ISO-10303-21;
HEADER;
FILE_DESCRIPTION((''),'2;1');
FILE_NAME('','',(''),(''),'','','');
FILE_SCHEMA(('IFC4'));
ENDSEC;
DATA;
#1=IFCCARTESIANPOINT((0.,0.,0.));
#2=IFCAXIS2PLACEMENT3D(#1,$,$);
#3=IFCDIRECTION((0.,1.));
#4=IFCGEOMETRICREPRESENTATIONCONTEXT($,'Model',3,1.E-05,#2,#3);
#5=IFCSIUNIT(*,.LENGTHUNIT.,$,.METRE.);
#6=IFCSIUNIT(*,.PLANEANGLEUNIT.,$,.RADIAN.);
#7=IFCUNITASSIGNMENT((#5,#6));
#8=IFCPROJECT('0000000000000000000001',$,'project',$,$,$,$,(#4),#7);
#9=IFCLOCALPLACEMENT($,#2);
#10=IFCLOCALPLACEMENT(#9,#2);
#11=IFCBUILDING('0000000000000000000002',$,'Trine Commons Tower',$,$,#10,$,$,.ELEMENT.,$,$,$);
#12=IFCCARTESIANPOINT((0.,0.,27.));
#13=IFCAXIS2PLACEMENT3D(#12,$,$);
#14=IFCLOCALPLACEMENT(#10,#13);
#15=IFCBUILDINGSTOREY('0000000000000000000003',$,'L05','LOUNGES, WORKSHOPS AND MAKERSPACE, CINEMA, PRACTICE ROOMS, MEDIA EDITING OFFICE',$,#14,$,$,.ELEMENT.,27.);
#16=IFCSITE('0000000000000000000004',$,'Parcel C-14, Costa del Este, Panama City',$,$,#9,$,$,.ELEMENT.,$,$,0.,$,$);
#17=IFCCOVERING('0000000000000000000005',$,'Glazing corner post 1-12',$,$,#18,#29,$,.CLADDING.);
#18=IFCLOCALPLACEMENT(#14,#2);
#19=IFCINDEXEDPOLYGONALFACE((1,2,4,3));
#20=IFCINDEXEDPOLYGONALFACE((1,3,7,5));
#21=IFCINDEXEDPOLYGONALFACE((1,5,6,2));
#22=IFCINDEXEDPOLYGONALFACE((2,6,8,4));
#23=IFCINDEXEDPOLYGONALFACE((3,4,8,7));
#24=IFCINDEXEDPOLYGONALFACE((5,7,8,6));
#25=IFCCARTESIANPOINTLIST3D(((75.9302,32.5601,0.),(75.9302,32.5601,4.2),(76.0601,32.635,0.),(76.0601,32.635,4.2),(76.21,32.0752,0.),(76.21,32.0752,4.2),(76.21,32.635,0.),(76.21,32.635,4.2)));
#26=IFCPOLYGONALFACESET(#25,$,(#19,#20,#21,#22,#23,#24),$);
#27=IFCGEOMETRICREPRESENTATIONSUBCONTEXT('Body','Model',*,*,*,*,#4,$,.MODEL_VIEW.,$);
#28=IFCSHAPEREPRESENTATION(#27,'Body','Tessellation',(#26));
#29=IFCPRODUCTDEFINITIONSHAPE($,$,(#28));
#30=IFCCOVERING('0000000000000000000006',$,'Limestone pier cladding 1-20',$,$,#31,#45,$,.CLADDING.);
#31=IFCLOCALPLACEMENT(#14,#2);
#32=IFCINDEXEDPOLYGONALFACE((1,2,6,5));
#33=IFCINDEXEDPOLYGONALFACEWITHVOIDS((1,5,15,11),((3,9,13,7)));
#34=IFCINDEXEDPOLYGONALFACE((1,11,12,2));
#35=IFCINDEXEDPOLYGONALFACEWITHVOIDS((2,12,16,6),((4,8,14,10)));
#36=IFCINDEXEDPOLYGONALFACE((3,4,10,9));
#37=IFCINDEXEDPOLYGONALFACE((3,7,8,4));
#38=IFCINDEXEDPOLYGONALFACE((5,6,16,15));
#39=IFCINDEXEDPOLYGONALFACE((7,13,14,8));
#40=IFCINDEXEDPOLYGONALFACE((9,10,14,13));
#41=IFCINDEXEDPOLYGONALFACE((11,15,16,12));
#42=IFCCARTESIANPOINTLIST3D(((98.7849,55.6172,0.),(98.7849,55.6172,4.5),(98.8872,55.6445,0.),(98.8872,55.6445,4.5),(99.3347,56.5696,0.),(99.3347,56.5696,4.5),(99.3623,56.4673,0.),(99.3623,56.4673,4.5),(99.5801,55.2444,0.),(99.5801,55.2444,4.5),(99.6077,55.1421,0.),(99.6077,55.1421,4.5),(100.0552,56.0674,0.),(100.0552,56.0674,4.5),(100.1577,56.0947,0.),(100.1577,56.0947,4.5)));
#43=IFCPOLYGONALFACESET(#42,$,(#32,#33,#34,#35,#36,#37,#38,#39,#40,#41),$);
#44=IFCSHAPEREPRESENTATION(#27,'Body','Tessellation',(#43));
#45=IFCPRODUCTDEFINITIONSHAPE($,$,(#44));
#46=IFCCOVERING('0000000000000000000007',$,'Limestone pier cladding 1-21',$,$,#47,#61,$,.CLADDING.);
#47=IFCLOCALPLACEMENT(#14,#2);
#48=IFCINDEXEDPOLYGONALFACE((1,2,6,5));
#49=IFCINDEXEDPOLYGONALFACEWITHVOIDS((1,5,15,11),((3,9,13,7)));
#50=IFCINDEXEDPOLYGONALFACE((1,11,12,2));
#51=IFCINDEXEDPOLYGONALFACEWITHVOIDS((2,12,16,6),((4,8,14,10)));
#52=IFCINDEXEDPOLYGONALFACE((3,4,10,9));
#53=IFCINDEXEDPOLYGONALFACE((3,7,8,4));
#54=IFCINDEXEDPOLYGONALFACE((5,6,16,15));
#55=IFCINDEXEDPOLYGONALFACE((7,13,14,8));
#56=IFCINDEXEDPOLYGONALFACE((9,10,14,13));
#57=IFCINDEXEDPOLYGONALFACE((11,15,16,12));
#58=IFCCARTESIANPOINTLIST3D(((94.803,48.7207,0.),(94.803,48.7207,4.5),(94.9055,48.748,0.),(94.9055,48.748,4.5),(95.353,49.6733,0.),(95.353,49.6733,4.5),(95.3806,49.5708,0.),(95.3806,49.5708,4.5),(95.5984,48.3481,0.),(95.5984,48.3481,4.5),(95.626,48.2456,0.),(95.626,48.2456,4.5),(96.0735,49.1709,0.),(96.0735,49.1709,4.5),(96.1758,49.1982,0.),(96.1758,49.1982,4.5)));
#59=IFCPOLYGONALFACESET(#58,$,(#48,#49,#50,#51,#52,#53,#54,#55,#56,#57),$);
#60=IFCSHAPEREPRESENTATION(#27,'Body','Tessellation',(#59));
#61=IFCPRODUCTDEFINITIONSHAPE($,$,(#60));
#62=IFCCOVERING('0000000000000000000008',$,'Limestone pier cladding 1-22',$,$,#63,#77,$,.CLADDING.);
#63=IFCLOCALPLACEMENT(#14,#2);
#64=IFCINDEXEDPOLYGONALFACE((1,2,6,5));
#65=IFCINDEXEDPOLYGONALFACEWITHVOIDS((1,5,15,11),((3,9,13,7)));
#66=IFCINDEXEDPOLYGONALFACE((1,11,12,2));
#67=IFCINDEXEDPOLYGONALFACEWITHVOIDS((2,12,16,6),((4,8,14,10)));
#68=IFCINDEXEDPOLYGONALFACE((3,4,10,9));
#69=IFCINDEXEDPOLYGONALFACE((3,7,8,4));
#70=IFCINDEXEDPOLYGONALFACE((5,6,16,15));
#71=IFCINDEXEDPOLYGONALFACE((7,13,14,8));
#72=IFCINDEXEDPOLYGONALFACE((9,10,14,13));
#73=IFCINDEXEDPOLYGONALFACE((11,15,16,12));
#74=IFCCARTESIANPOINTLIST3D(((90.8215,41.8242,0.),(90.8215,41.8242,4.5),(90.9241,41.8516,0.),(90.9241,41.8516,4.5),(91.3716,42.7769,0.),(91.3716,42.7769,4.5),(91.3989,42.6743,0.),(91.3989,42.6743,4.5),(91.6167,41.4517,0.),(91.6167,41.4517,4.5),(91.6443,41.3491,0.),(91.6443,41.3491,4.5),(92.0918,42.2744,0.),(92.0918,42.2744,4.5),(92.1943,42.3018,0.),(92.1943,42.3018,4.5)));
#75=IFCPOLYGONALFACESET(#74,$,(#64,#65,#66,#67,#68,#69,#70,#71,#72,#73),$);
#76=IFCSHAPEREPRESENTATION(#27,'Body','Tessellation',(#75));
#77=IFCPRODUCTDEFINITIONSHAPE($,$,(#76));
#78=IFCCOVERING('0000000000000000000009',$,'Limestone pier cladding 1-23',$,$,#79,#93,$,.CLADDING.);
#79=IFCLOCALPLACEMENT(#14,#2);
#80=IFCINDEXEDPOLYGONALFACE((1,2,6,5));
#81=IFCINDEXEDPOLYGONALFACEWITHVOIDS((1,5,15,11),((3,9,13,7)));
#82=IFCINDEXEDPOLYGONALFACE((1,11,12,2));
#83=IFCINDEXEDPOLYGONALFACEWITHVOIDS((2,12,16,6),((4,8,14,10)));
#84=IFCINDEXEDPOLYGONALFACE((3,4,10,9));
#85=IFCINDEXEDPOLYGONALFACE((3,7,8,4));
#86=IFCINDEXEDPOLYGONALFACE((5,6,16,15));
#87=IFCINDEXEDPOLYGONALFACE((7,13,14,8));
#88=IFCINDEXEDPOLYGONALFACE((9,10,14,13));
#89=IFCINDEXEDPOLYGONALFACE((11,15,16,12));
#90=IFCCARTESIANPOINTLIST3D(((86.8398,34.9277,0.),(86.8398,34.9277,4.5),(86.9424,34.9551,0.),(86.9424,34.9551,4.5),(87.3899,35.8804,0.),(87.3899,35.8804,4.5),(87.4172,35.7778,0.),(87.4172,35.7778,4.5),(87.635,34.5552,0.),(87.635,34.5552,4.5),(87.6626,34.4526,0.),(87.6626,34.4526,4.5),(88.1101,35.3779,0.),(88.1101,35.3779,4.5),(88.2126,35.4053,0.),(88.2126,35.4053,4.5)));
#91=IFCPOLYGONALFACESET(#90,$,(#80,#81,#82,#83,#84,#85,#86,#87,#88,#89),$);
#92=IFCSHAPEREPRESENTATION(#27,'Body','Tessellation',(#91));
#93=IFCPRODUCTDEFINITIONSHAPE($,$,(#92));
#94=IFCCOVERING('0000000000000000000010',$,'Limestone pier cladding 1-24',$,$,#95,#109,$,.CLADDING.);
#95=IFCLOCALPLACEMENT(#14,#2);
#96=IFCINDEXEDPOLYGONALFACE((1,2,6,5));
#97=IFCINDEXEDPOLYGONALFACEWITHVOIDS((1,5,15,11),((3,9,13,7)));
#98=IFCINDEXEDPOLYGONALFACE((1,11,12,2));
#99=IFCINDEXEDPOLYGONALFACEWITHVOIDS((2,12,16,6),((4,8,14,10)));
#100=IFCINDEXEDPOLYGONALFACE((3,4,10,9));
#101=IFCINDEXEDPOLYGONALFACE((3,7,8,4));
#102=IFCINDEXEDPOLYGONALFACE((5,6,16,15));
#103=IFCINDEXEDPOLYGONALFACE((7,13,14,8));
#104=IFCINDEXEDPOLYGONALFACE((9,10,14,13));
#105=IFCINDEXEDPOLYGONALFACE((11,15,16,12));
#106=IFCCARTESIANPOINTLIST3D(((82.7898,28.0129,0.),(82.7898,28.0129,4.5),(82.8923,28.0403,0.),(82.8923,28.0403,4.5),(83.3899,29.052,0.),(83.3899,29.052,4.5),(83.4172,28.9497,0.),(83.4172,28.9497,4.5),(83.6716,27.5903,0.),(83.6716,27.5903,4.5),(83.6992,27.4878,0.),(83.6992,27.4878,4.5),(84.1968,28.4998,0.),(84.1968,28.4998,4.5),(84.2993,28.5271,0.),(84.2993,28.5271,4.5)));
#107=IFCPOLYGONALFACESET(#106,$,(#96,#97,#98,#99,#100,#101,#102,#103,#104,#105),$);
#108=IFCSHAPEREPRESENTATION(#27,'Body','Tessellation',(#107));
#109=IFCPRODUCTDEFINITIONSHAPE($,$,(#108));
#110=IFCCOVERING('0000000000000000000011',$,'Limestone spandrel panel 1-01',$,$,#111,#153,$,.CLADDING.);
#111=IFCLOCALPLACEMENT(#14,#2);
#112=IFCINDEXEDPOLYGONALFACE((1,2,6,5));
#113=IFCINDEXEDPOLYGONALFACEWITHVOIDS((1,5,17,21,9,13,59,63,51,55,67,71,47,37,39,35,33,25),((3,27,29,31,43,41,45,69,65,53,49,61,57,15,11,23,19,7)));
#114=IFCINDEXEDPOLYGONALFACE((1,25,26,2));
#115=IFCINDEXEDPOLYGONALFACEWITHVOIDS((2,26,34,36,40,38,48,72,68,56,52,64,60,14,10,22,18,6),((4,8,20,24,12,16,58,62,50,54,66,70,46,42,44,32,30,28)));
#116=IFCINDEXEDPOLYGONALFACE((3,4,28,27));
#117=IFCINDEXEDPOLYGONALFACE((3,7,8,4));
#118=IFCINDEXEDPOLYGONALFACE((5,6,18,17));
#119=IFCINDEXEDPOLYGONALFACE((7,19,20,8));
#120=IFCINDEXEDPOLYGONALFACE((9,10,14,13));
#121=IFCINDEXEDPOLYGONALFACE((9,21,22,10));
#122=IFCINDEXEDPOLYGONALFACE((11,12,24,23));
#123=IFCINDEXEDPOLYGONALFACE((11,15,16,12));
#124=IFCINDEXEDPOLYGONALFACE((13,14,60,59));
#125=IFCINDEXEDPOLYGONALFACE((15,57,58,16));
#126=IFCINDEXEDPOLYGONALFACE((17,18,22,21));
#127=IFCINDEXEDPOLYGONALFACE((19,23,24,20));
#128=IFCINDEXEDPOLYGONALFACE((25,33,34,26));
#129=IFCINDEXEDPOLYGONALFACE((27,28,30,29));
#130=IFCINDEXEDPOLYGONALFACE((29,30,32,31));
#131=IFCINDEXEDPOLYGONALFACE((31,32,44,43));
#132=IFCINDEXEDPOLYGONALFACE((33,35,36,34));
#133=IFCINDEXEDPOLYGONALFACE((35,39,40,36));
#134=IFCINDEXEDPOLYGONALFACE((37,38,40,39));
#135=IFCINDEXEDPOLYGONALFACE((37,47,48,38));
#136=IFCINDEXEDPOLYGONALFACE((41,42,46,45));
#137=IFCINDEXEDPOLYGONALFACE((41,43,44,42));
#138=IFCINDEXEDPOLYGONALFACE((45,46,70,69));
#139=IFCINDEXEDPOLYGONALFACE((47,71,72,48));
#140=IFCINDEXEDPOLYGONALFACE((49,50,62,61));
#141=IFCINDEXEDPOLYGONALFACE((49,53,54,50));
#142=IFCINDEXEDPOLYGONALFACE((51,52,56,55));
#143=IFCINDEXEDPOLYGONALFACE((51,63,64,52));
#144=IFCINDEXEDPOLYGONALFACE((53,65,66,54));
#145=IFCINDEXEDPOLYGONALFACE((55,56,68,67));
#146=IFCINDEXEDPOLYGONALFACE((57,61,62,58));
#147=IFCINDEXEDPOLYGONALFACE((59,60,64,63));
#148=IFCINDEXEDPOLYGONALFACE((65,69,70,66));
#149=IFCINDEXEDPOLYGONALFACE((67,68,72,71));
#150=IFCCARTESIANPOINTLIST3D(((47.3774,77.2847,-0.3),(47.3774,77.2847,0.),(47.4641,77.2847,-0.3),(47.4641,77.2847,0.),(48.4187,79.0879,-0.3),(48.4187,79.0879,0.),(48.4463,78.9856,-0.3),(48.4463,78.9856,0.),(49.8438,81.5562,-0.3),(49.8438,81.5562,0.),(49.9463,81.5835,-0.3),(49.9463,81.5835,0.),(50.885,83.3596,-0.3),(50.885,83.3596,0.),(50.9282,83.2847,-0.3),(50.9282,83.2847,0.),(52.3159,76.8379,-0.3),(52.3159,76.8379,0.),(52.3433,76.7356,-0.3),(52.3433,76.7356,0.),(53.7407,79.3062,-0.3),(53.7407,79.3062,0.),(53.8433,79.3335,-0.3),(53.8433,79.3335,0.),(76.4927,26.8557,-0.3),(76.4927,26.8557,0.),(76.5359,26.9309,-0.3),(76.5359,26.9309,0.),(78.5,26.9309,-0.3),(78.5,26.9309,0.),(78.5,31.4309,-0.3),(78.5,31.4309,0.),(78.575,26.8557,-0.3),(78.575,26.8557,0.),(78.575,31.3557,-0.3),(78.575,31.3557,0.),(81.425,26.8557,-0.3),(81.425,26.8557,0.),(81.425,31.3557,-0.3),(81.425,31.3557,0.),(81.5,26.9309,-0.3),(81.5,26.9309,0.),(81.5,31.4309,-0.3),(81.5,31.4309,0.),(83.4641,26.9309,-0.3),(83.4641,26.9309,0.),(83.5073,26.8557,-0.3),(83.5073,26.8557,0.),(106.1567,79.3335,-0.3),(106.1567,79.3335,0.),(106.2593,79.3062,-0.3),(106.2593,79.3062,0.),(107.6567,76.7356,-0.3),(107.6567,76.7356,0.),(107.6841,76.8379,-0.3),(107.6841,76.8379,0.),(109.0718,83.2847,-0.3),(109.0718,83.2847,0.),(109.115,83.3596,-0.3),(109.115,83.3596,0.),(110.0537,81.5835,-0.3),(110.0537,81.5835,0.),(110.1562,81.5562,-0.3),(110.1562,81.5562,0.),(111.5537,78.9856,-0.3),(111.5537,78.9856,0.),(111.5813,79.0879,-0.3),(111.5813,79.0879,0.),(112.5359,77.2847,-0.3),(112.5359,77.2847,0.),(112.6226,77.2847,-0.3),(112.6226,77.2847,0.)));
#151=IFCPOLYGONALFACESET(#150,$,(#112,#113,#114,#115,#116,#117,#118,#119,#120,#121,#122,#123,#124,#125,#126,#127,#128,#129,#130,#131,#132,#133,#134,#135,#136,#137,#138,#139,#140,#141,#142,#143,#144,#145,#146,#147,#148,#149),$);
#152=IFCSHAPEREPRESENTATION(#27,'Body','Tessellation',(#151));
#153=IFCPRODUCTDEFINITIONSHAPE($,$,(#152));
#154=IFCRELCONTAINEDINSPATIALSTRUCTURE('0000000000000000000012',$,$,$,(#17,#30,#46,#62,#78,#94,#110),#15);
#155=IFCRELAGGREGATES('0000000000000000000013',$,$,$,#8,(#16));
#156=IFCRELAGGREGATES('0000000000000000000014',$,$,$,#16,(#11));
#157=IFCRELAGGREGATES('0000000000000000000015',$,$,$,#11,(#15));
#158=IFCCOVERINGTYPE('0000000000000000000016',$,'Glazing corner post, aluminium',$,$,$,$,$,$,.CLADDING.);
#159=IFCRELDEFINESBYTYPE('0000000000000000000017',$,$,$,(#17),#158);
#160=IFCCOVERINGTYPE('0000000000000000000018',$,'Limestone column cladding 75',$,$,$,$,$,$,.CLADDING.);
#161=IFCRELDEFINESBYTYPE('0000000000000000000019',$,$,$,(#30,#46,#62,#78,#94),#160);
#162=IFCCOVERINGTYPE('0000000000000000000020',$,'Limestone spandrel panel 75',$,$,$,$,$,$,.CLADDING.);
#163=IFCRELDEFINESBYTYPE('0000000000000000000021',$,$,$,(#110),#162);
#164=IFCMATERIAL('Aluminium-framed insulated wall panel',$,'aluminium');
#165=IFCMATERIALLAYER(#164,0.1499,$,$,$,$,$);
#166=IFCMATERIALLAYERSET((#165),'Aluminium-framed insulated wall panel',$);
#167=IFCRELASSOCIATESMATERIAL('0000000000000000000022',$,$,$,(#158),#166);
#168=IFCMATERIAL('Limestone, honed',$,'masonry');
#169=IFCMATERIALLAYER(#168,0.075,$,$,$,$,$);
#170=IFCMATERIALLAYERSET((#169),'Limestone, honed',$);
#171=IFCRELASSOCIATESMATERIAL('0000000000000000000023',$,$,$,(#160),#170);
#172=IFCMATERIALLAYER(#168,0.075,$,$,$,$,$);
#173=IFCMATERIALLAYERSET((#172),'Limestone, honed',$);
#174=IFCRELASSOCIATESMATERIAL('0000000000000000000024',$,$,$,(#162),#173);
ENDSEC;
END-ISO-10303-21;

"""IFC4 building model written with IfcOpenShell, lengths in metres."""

from ifc_helpers import new_model, si_unit, direction, frame, origin, place, context, subcontext, project, spatial, polyline, outline, extrude, material, layer, layer_set, type_object, element, save


model = new_model("IFC4")

# Units and contexts
model_context = context("Model", 3, precision=1e-05, world=origin(), true_north=direction((0.0, 1.0)))
body_context = subcontext(model_context, "Body", "Model", "MODEL_VIEW")
ifc_project = project(units=[si_unit("LENGTHUNIT", "METRE"), si_unit("PLANEANGLEUNIT", "RADIAN")], contexts=[model_context])

# Site, building, storey
site_placement = place(None, origin())
site = spatial("IfcSite", under=ifc_project, at=site_placement, Name="Parcel C-14, Costa del Este, Panama City", CompositionType="ELEMENT", RefElevation=0.0)
building_placement = place(site_placement, origin())
building = spatial("IfcBuilding", under=site, at=building_placement, Name="Trine Commons Tower", CompositionType="ELEMENT")
storey_placement = place(building_placement, frame((0.0, 0.0, 27.0)))
storey = spatial("IfcBuildingStorey", under=building, at=storey_placement, Name="L05", Description="LOUNGES, WORKSHOPS AND MAKERSPACE, CINEMA, PRACTICE ROOMS, MEDIA EDITING OFFICE", CompositionType="ELEMENT", Elevation=27.0)

# Coverings
ifc_material_1 = material(Name="Aluminium-framed insulated wall panel", Category="aluminium")
ifc_layer_1 = layer(ifc_material_1, 0.1499)
ifc_layer_set_1 = layer_set([ifc_layer_1], Name="Aluminium-framed insulated wall panel")
covering_type_1 = type_object("IfcCoveringType", Name="Glazing corner post, aluminium", PredefinedType="CLADDING", material=ifc_layer_set_1)
covering_1_placement = place(storey_placement, origin())
element("IfcCovering", 1, at=covering_1_placement, inside=storey, type_object=covering_type_1, Name="Glazing corner post 1-12", PredefinedType="CLADDING", context=body_context, shape_type="SweptSolid", body=[
    extrude(outline(polyline([(75.9302, 32.5601), (76.21, 32.0752), (76.21, 32.635), (76.0601, 32.635), (75.9302, 32.5601)])), origin(), (0.0, 0.0, 1.0), 4.2),
])
ifc_material_2 = material(Name="Limestone, honed", Category="masonry")
ifc_layer_2 = layer(ifc_material_2, 0.075)
ifc_layer_set_2 = layer_set([ifc_layer_2], Name="Limestone, honed")
covering_type_2 = type_object("IfcCoveringType", Name="Limestone column cladding 75", PredefinedType="CLADDING", material=ifc_layer_set_2)
covering_2_placement = place(storey_placement, origin())
element("IfcCovering", 2, at=covering_2_placement, inside=storey, type_object=covering_type_2, Name="Limestone pier cladding 1-20", PredefinedType="CLADDING", context=body_context, shape_type="SweptSolid", body=[
    extrude(outline(polyline([(100.1577, 56.0947), (99.3347, 56.5696), (98.7849, 55.6172), (99.6077, 55.1421), (100.1577, 56.0947)]), holes=[polyline([(100.0552, 56.0674), (99.3623, 56.4673), (98.8872, 55.6445), (99.5801, 55.2444), (100.0552, 56.0674)])]), origin(), (0.0, 0.0, 1.0), 4.5),
])
covering_3_placement = place(storey_placement, origin())
element("IfcCovering", 3, at=covering_3_placement, inside=storey, type_object=covering_type_2, Name="Limestone pier cladding 1-21", PredefinedType="CLADDING", context=body_context, shape_type="SweptSolid", body=[
    extrude(outline(polyline([(96.1758, 49.1982), (95.353, 49.6733), (94.803, 48.7207), (95.626, 48.2456), (96.1758, 49.1982)]), holes=[polyline([(96.0735, 49.1709), (95.3806, 49.5708), (94.9055, 48.748), (95.5984, 48.3481), (96.0735, 49.1709)])]), origin(), (0.0, 0.0, 1.0), 4.5),
])
covering_4_placement = place(storey_placement, origin())
element("IfcCovering", 4, at=covering_4_placement, inside=storey, type_object=covering_type_2, Name="Limestone pier cladding 1-22", PredefinedType="CLADDING", context=body_context, shape_type="SweptSolid", body=[
    extrude(outline(polyline([(92.1943, 42.3018), (91.3716, 42.7769), (90.8215, 41.8242), (91.6443, 41.3491), (92.1943, 42.3018)]), holes=[polyline([(92.0918, 42.2744), (91.3989, 42.6743), (90.9241, 41.8516), (91.6167, 41.4517), (92.0918, 42.2744)])]), origin(), (0.0, 0.0, 1.0), 4.5),
])
covering_5_placement = place(storey_placement, origin())
element("IfcCovering", 5, at=covering_5_placement, inside=storey, type_object=covering_type_2, Name="Limestone pier cladding 1-23", PredefinedType="CLADDING", context=body_context, shape_type="SweptSolid", body=[
    extrude(outline(polyline([(88.2126, 35.4053), (87.3899, 35.8804), (86.8398, 34.9277), (87.6626, 34.4526), (88.2126, 35.4053)]), holes=[polyline([(88.1101, 35.3779), (87.4172, 35.7778), (86.9424, 34.9551), (87.635, 34.5552), (88.1101, 35.3779)])]), origin(), (0.0, 0.0, 1.0), 4.5),
])
covering_6_placement = place(storey_placement, origin())
element("IfcCovering", 6, at=covering_6_placement, inside=storey, type_object=covering_type_2, Name="Limestone pier cladding 1-24", PredefinedType="CLADDING", context=body_context, shape_type="SweptSolid", body=[
    extrude(outline(polyline([(84.2993, 28.5271), (83.3899, 29.052), (82.7898, 28.0129), (83.6992, 27.4878), (84.2993, 28.5271)]), holes=[polyline([(84.1968, 28.4998), (83.4172, 28.9497), (82.8923, 28.0403), (83.6716, 27.5903), (84.1968, 28.4998)])]), origin(), (0.0, 0.0, 1.0), 4.5),
])
ifc_layer_3 = layer(ifc_material_2, 0.075)
ifc_layer_set_3 = layer_set([ifc_layer_3], Name="Limestone, honed")
covering_type_3 = type_object("IfcCoveringType", Name="Limestone spandrel panel 75", PredefinedType="CLADDING", material=ifc_layer_set_3)
covering_7_placement = place(storey_placement, frame((0.0, 0.0, -0.3)))
element("IfcCovering", 7, at=covering_7_placement, inside=storey, type_object=covering_type_3, Name="Limestone spandrel panel 1-01", PredefinedType="CLADDING", context=body_context, shape_type="SweptSolid", body=[
    extrude(outline(polyline([(81.425, 31.3557), (81.425, 26.8557), (83.5073, 26.8557), (112.6226, 77.2847), (111.5813, 79.0879), (107.6841, 76.8379), (106.2593, 79.3062), (110.1562, 81.5562), (109.115, 83.3596), (50.885, 83.3596), (49.8438, 81.5562), (53.7407, 79.3062), (52.3159, 76.8379), (48.4187, 79.0879), (47.3774, 77.2847), (76.4927, 26.8557), (78.575, 26.8557), (78.575, 31.3557), (81.425, 31.3557)]), holes=[polyline([(111.5537, 78.9856), (112.5359, 77.2847), (83.4641, 26.9309), (81.5, 26.9309), (81.5, 31.4309), (78.5, 31.4309), (78.5, 26.9309), (76.5359, 26.9309), (47.4641, 77.2847), (48.4463, 78.9856), (52.3433, 76.7356), (53.8433, 79.3335), (49.9463, 81.5835), (50.9282, 83.2847), (109.0718, 83.2847), (110.0537, 81.5835), (106.1567, 79.3335), (107.6567, 76.7356), (111.5537, 78.9856)])]), origin(), (0.0, 0.0, 1.0), 0.3),
])

save(model, "model.ifc")
